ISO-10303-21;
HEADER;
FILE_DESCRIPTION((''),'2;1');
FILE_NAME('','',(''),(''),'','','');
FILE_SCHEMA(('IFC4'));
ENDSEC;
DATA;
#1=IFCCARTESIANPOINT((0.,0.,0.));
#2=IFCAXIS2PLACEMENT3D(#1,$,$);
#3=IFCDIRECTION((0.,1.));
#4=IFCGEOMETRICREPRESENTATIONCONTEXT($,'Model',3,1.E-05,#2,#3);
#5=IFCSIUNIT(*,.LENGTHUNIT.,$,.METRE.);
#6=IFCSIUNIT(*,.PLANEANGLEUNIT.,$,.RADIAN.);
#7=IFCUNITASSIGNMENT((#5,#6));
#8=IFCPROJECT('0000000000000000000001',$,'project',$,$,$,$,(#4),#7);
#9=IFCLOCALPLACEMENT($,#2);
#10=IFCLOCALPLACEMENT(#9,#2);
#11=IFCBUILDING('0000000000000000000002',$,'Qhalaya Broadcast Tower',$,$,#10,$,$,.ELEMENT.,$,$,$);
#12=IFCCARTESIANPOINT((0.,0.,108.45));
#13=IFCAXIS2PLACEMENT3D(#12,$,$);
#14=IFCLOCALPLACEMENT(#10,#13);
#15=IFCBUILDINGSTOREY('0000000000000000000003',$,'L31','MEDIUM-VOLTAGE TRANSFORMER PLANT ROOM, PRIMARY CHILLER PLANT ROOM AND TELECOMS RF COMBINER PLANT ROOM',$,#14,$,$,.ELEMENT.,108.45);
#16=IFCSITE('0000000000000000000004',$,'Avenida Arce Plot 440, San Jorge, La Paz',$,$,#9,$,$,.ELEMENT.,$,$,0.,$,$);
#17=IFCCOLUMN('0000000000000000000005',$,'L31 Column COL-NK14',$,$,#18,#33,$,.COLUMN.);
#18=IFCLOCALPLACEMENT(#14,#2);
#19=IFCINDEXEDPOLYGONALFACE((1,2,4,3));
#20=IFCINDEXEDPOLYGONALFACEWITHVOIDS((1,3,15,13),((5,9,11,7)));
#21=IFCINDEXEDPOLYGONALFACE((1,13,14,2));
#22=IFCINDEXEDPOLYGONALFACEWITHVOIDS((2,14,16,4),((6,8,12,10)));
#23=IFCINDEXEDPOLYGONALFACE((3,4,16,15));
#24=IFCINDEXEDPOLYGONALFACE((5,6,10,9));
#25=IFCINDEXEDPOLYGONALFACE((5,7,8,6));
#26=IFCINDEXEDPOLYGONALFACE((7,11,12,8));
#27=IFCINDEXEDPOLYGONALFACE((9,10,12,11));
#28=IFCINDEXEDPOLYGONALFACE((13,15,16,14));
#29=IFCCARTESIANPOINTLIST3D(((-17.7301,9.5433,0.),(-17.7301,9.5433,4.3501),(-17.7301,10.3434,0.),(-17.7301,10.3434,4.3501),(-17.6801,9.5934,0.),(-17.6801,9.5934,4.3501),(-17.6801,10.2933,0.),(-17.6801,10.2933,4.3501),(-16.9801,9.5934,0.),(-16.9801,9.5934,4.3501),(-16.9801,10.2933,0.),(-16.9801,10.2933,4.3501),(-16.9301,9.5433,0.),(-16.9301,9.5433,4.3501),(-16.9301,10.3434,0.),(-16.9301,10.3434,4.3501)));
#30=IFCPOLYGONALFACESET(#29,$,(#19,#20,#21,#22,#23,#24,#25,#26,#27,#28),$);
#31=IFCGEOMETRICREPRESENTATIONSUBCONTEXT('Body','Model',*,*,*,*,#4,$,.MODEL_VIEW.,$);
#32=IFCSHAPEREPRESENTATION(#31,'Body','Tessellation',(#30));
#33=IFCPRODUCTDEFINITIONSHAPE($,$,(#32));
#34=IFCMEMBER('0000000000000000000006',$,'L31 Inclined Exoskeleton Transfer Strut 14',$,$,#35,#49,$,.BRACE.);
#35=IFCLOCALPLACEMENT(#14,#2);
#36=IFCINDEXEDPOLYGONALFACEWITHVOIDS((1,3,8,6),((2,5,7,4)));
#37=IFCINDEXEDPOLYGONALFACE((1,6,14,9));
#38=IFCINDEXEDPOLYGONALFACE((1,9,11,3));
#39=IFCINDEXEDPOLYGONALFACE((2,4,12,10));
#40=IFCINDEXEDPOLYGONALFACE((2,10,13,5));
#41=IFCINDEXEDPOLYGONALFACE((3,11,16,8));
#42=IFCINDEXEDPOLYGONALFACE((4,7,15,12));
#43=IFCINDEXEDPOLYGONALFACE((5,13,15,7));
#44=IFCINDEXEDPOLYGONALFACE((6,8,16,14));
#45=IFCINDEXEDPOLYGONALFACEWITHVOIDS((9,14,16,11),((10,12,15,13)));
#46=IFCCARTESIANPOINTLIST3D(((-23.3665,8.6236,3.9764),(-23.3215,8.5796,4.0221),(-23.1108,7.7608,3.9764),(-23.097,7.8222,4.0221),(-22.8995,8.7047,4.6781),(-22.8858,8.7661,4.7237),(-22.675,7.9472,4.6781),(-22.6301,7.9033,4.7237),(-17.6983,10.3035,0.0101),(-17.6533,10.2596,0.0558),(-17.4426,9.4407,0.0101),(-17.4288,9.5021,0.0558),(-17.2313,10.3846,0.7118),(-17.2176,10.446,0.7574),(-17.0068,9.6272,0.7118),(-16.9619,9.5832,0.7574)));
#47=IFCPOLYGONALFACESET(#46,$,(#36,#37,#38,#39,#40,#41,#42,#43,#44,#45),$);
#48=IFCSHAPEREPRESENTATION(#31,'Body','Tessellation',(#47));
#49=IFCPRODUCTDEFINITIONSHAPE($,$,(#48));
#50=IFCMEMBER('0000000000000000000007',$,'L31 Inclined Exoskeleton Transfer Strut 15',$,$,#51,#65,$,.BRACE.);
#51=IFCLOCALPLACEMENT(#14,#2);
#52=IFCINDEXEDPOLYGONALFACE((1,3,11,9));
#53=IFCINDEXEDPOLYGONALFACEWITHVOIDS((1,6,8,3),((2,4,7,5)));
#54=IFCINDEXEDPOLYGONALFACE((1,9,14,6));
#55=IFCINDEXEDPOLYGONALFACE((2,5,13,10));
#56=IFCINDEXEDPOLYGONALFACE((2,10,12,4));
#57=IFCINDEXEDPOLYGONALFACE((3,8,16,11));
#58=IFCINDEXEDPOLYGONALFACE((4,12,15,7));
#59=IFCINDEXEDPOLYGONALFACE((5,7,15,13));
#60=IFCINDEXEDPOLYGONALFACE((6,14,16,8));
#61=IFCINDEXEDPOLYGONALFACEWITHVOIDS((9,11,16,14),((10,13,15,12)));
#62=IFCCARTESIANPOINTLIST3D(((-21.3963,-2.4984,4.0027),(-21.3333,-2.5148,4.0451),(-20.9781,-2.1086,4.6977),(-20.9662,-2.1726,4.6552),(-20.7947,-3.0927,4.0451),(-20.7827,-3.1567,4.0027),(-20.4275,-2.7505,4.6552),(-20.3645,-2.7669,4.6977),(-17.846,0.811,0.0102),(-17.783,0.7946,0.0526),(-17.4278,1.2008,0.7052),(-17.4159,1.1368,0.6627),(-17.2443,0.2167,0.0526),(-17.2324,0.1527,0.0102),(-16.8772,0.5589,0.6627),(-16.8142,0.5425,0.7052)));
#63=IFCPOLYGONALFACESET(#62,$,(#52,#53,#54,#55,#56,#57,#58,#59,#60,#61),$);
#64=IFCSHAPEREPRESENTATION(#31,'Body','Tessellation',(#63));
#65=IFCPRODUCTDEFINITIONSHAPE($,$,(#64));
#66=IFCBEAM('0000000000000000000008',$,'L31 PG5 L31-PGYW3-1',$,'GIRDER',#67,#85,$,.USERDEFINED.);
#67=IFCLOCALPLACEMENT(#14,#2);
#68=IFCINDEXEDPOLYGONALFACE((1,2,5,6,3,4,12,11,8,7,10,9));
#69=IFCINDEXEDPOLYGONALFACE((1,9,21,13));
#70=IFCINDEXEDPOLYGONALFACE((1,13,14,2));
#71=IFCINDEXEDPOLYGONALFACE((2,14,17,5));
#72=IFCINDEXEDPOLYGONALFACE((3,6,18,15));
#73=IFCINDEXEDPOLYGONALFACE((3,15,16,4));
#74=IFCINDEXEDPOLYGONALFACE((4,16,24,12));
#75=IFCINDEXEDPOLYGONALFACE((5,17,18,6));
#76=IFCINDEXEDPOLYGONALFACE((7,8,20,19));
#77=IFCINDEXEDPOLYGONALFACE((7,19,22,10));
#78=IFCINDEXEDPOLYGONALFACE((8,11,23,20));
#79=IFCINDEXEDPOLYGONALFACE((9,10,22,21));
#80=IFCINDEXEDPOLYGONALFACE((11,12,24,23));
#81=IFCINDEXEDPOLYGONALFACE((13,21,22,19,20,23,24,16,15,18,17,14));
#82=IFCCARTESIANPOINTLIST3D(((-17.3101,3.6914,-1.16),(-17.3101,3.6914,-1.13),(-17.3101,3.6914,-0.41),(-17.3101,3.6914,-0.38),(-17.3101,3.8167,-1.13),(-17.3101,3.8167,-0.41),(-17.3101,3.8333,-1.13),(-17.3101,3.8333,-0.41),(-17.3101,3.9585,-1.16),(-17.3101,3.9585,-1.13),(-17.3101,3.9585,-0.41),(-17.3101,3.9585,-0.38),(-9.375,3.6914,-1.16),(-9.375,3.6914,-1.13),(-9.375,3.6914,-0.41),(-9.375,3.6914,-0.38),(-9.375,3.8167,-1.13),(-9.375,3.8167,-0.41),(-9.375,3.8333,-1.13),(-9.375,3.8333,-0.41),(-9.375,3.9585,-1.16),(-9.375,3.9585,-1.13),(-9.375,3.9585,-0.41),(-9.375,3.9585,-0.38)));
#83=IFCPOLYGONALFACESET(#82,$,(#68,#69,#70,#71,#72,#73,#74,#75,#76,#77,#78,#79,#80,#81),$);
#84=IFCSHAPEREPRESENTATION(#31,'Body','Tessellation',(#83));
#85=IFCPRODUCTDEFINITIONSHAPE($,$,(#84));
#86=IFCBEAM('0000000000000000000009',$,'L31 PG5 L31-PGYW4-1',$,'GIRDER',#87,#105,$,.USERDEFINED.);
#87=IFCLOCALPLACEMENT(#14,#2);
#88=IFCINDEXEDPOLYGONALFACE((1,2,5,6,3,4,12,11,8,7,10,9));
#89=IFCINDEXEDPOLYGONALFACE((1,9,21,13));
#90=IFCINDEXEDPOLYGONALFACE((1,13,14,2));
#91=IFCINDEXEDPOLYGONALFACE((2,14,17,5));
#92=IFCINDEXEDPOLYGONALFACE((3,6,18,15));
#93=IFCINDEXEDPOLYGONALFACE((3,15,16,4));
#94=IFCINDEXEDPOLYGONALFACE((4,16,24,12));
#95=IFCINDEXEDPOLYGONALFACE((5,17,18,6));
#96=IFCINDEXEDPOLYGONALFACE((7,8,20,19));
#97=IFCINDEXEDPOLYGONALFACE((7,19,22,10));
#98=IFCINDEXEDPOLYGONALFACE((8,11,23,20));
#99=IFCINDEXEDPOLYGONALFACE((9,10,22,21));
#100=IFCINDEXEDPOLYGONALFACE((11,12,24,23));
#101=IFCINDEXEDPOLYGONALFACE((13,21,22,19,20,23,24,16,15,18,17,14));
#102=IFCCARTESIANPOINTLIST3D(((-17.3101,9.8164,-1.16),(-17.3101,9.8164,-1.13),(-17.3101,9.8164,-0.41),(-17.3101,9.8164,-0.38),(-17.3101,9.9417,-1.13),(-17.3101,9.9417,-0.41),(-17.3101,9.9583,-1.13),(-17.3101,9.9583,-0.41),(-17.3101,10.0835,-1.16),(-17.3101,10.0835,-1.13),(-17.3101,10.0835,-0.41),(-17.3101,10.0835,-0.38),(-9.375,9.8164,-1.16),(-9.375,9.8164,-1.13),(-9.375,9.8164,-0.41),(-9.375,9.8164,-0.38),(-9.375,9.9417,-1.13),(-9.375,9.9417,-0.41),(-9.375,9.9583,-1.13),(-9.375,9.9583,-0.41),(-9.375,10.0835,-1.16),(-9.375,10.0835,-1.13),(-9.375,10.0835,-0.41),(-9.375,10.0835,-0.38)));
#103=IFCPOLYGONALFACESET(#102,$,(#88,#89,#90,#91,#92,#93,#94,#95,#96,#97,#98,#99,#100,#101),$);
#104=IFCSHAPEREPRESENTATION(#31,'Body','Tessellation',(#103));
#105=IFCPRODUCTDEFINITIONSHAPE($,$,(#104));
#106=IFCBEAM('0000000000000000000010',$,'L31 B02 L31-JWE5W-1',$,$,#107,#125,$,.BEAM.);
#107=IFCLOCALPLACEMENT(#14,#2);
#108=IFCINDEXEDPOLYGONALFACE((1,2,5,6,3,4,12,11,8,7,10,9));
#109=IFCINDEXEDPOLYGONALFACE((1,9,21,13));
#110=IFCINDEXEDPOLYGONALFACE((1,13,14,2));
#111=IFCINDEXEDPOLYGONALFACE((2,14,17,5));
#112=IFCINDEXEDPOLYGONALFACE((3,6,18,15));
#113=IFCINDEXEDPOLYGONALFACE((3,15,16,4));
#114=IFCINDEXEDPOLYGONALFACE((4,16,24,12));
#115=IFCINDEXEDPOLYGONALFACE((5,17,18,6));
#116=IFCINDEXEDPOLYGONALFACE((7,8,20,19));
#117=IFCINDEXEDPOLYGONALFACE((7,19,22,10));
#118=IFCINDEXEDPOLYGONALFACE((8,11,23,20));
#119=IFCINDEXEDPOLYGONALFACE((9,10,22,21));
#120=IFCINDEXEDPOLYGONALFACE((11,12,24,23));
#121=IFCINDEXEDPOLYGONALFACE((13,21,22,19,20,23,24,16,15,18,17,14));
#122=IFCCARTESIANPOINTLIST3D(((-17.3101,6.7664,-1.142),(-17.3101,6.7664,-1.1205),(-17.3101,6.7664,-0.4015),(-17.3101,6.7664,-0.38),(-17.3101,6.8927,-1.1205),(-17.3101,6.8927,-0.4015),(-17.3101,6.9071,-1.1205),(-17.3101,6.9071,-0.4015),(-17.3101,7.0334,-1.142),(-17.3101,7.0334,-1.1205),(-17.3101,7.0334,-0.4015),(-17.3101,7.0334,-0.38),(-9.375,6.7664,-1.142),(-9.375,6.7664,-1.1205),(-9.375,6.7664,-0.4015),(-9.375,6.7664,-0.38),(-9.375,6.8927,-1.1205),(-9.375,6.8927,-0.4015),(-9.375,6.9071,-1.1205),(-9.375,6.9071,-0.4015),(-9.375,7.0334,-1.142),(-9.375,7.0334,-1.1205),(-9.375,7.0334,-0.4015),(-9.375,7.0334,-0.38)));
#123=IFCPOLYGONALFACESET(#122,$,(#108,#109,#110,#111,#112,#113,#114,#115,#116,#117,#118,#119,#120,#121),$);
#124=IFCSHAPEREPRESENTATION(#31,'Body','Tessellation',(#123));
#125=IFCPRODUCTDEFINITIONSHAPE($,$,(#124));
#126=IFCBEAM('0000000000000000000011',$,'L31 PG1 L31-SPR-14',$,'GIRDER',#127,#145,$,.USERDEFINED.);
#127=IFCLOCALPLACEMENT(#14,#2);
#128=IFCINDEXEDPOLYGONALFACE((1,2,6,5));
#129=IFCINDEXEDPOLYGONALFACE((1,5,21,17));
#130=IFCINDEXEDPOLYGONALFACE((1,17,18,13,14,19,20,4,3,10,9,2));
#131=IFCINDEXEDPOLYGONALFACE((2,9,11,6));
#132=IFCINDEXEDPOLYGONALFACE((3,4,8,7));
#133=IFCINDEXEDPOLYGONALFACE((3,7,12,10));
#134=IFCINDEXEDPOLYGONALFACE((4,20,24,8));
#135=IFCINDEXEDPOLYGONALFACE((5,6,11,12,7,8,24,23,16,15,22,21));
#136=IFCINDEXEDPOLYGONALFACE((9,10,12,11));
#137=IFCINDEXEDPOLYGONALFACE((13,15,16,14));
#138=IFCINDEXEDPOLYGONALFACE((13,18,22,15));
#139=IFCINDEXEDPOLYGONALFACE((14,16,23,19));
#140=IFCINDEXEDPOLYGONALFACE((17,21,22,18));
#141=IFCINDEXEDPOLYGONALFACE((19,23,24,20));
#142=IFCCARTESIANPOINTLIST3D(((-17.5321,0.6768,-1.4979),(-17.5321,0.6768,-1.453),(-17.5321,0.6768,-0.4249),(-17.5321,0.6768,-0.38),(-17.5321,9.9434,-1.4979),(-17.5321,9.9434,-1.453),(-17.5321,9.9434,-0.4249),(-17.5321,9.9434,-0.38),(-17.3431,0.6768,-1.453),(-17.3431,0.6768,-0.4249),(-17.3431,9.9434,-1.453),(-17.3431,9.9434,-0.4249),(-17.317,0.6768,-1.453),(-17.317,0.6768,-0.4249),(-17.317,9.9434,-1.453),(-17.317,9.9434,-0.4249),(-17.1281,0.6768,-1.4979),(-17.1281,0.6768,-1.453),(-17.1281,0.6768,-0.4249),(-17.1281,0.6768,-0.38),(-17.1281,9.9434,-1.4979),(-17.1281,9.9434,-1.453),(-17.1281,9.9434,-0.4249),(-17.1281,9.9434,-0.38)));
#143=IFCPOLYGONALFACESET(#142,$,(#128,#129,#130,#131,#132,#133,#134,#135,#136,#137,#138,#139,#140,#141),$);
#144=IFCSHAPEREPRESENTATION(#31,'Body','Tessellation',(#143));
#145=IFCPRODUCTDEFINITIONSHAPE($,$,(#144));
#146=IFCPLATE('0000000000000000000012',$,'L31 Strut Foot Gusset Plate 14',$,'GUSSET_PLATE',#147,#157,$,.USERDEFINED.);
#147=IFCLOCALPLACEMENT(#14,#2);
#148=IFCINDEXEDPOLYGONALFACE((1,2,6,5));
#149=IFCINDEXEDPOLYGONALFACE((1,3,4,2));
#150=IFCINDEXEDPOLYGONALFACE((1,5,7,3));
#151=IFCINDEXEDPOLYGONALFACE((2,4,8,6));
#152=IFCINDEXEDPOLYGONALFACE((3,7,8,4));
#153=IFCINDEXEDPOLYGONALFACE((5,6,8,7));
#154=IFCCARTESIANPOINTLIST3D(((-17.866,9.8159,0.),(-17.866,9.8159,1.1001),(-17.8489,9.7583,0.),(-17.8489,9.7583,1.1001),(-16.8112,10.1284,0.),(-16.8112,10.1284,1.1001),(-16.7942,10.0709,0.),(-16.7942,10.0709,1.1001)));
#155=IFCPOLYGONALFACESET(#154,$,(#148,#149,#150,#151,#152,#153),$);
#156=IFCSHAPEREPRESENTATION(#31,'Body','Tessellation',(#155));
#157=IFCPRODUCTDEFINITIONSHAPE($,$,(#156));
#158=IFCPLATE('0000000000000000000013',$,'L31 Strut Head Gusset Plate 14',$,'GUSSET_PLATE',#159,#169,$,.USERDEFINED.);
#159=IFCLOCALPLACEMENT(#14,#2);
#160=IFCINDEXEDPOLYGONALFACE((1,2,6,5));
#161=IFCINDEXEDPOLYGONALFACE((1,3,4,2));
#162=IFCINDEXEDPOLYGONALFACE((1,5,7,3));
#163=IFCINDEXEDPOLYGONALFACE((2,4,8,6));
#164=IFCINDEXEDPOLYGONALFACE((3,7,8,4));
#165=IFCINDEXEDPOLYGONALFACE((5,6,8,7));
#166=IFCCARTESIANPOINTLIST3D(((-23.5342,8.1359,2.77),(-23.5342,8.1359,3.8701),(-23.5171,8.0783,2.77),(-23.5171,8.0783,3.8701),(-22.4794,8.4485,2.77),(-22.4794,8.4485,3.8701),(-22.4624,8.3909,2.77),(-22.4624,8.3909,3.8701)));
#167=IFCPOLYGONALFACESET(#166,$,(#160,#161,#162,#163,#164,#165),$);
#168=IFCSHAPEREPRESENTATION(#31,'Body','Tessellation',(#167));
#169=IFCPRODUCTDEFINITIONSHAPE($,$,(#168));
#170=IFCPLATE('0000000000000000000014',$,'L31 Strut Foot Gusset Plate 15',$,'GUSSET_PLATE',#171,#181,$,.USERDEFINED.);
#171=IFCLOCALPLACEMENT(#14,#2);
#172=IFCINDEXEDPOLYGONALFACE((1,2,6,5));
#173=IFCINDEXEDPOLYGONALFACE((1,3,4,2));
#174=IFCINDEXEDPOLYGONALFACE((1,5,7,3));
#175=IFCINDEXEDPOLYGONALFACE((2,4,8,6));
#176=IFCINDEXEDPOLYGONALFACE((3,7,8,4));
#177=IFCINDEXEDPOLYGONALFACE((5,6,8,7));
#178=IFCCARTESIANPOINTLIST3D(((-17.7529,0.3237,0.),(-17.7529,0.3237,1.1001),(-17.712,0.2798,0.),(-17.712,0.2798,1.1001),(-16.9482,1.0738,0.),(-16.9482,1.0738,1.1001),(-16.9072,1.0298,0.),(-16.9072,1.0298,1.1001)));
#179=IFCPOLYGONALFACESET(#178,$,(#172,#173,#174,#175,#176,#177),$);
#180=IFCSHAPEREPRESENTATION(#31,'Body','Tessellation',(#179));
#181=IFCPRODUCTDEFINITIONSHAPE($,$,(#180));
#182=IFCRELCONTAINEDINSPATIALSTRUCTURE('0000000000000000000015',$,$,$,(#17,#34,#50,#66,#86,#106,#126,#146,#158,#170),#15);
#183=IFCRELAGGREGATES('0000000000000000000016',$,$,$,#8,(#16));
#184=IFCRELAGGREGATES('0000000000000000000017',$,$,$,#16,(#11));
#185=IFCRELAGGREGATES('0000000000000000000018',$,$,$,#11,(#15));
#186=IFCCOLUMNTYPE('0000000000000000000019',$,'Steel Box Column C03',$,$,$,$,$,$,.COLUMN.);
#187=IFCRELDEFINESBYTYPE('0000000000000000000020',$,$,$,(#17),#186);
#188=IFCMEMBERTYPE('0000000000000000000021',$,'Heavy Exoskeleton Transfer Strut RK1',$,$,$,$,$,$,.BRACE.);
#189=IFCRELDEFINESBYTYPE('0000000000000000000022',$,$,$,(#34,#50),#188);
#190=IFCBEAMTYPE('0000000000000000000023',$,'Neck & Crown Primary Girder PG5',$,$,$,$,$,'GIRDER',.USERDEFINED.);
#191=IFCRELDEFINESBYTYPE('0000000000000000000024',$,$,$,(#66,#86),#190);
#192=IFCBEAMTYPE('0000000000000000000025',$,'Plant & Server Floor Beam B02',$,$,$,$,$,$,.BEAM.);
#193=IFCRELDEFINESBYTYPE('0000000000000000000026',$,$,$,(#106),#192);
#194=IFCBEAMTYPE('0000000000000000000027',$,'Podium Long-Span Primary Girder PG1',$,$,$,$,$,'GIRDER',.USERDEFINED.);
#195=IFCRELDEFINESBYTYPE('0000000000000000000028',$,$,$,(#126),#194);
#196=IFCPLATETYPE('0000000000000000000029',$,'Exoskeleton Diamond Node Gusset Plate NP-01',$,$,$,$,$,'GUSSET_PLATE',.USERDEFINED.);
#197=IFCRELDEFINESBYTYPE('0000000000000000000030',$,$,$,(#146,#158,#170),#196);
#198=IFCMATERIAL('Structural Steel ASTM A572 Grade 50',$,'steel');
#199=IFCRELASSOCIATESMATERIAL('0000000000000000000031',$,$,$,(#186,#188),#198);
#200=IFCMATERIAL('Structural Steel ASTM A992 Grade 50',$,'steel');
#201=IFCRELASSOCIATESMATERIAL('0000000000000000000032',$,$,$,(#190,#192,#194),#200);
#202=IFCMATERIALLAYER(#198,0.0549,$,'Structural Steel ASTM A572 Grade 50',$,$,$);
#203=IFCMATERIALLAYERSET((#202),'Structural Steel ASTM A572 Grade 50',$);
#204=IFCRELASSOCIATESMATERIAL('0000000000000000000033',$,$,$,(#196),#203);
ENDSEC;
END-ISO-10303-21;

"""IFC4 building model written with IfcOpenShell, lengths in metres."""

from ifc_helpers import new_model, si_unit, direction, frame, origin, origin_2d, place, context, subcontext, project, spatial, rectangle, hollow_rectangle, i_section, extrude, material, layer, layer_set, material_profile, profile_set, type_object, element, save


model = new_model("IFC4")

# Units and contexts
model_context = context("Model", 3, precision=1e-05, world=origin(), true_north=direction((0.0, 1.0)))
body_context = subcontext(model_context, "Body", "Model", "MODEL_VIEW")
ifc_project = project(units=[si_unit("LENGTHUNIT", "METRE"), si_unit("PLANEANGLEUNIT", "RADIAN")], contexts=[model_context])

# Site, building, storey
site_placement = place(None, origin())
site = spatial("IfcSite", under=ifc_project, at=site_placement, Name="Avenida Arce Plot 440, San Jorge, La Paz", CompositionType="ELEMENT", RefElevation=0.0)
building_placement = place(site_placement, origin())
building = spatial("IfcBuilding", under=site, at=building_placement, Name="Qhalaya Broadcast Tower", CompositionType="ELEMENT")
storey_placement = place(building_placement, frame((0.0, 0.0, 108.45)))
storey = spatial("IfcBuildingStorey", under=building, at=storey_placement, Name="L31", Description="MEDIUM-VOLTAGE TRANSFORMER PLANT ROOM, PRIMARY CHILLER PLANT ROOM AND TELECOMS RF COMBINER PLANT ROOM", CompositionType="ELEMENT", Elevation=108.45)

# Column
ifc_material_1 = material(Name="Structural Steel ASTM A572 Grade 50", Category="steel")
ifc_material_profile_1 = material_profile(ifc_material_1, hollow_rectangle(XDim=0.8, YDim=0.8, WallThickness=0.05, at=origin_2d()), Name="BOX 800x800x50")
ifc_profile_set_1 = profile_set([ifc_material_profile_1], Name="Structural Steel ASTM A572 Grade 50")
column_type = type_object("IfcColumnType", Name="Steel Box Column C03", PredefinedType="COLUMN", material=ifc_profile_set_1)
column_placement = place(storey_placement, frame((-17.3301, 9.9434, 0.0), z_axis=(0.0, 0.0, 1.0), x_axis=(0.0, 1.0, 0.0)))
element("IfcColumn", 1, at=column_placement, inside=storey, type_object=column_type, Name="L31 Column COL-NK14", PredefinedType="COLUMN", context=body_context, shape_type="SweptSolid", body=[
    extrude(hollow_rectangle(XDim=0.8, YDim=0.8, WallThickness=0.05, at=origin_2d()), origin(), (0.0, 0.0, 1.0), 4.3501),
])

# Members
ifc_material_profile_2 = material_profile(ifc_material_1, hollow_rectangle(XDim=0.8999, YDim=0.8999, WallThickness=0.0549, at=origin_2d()), Name="BOX 900x900x55")
ifc_profile_set_2 = profile_set([ifc_material_profile_2], Name="Structural Steel ASTM A572 Grade 50")
member_type = type_object("IfcMemberType", Name="Heavy Exoskeleton Transfer Strut RK1", PredefinedType="BRACE", material=ifc_profile_set_2)
member_1_placement = place(storey_placement, frame((-17.3301, 9.9434, 0.3838), z_axis=(-0.796191, -0.235973, 0.557132), x_axis=(0.28416, -0.958777, 0.0)))
element("IfcMember", 2, at=member_1_placement, inside=storey, type_object=member_type, Name="L31 Inclined Exoskeleton Transfer Strut 14", PredefinedType="BRACE", context=body_context, shape_type="SweptSolid", body=[
    extrude(hollow_rectangle(XDim=0.8999, YDim=0.8999, WallThickness=0.0549, at=origin_2d()), origin(), (0.0, 0.0, 1.0), 7.1191),
])
member_2_placement = place(storey_placement, frame((-17.3301, 0.6768, 0.3577), z_axis=(-0.564923, -0.52658, 0.635276), x_axis=(0.681847, -0.731495, 0.0)))
element("IfcMember", 3, at=member_2_placement, inside=storey, type_object=member_type, Name="L31 Inclined Exoskeleton Transfer Strut 15", PredefinedType="BRACE", context=body_context, shape_type="SweptSolid", body=[
    extrude(hollow_rectangle(XDim=0.8999, YDim=0.8999, WallThickness=0.0549, at=origin_2d()), origin(), (0.0, 0.0, 1.0), 6.2847),
])

# Beams
ifc_material_2 = material(Name="Structural Steel ASTM A992 Grade 50", Category="steel")
ifc_material_profile_3 = material_profile(ifc_material_2, i_section(OverallWidth=0.2671, OverallDepth=0.78, WebThickness=0.0166, FlangeThickness=0.03, at=origin_2d()), Name="W30X148")
ifc_profile_set_3 = profile_set([ifc_material_profile_3], Name="Structural Steel ASTM A992 Grade 50")
beam_type_1 = type_object("IfcBeamType", Name="Neck & Crown Primary Girder PG5", ElementType="GIRDER", PredefinedType="USERDEFINED", material=ifc_profile_set_3)
for number, where, z_axis, x_axis, name in (
    (4, (-17.3101, 3.825, -0.77), (1.0, 0.0, 0.0), (0.0, 1.0, 0.0), "L31 PG5 L31-PGYW3-1"),
    (5, (-17.3101, 9.95, -0.77), (1.0, 0.0, 0.0), (0.0, 1.0, 0.0), "L31 PG5 L31-PGYW4-1"),
):
    element("IfcBeam", number, at=place(storey_placement, frame(where, z_axis=z_axis, x_axis=x_axis)), inside=storey, type_object=beam_type_1, Name=name, ObjectType="GIRDER", PredefinedType="USERDEFINED", context=body_context, shape_type="SweptSolid", body=[
        extrude(i_section(OverallWidth=0.2671, OverallDepth=0.78, WebThickness=0.0166, FlangeThickness=0.03, at=origin_2d()), origin(), (0.0, 0.0, 1.0), 7.9351),
    ])
ifc_material_profile_4 = material_profile(ifc_material_2, i_section(OverallWidth=0.2671, OverallDepth=0.762, WebThickness=0.0144, FlangeThickness=0.0215, at=origin_2d()), Name="W30X116")
ifc_profile_set_4 = profile_set([ifc_material_profile_4], Name="Structural Steel ASTM A992 Grade 50")
beam_type_2 = type_object("IfcBeamType", Name="Plant & Server Floor Beam B02", PredefinedType="BEAM", material=ifc_profile_set_4)
beam_1_placement = place(storey_placement, frame((-17.3101, 6.8999, -0.761), z_axis=(1.0, 0.0, 0.0), x_axis=(0.0, 1.0, 0.0)))
element("IfcBeam", 6, at=beam_1_placement, inside=storey, type_object=beam_type_2, Name="L31 B02 L31-JWE5W-1", PredefinedType="BEAM", context=body_context, shape_type="SweptSolid", body=[
    extrude(i_section(OverallWidth=0.2671, OverallDepth=0.762, WebThickness=0.0144, FlangeThickness=0.0215, at=origin_2d()), origin(), (0.0, 0.0, 1.0), 7.9351),
])
ifc_material_profile_5 = material_profile(ifc_material_2, i_section(OverallWidth=0.4041, OverallDepth=1.1179, WebThickness=0.0261, FlangeThickness=0.0449, at=origin_2d()), Name="W44X335")
ifc_profile_set_5 = profile_set([ifc_material_profile_5], Name="Structural Steel ASTM A992 Grade 50")
beam_type_3 = type_object("IfcBeamType", Name="Podium Long-Span Primary Girder PG1", ElementType="GIRDER", PredefinedType="USERDEFINED", material=ifc_profile_set_5)
beam_2_placement = place(storey_placement, frame((-17.3301, 9.9434, -0.939), z_axis=(0.0, -1.0, 0.0), x_axis=(1.0, 0.0, 0.0)))
element("IfcBeam", 7, at=beam_2_placement, inside=storey, type_object=beam_type_3, Name="L31 PG1 L31-SPR-14", ObjectType="GIRDER", PredefinedType="USERDEFINED", context=body_context, shape_type="SweptSolid", body=[
    extrude(i_section(OverallWidth=0.4041, OverallDepth=1.1179, WebThickness=0.0261, FlangeThickness=0.0449, at=origin_2d()), origin(), (0.0, 0.0, 1.0), 9.2666),
])

# Plates
ifc_layer_1 = layer(ifc_material_1, 0.0549, Name="Structural Steel ASTM A572 Grade 50")
ifc_layer_set_1 = layer_set([ifc_layer_1], Name="Structural Steel ASTM A572 Grade 50")
plate_type_1 = type_object("IfcPlateType", Name="Exoskeleton Diamond Node Gusset Plate NP-01", ElementType="GUSSET_PLATE", PredefinedType="USERDEFINED", material=ifc_layer_set_1)
for number, where, z_axis, x_axis, name in (
    (8, (-17.3301, 9.9434, 0.0), (0.0, 0.0, 1.0), (-0.95878, -0.284149, 0.0), "L31 Strut Foot Gusset Plate 14"),
    (9, (-22.9983, 8.2634, 2.77), (0.0, 0.0, 1.0), (-0.95878, -0.284149, 0.0), "L31 Strut Head Gusset Plate 14"),
    (10, (-17.3301, 0.6768, 0.0), (0.0, 0.0, 1.0), (-0.731508, -0.681832, 0.0), "L31 Strut Foot Gusset Plate 15"),
):
    element("IfcPlate", number, at=place(storey_placement, frame(where, z_axis=z_axis, x_axis=x_axis)), inside=storey, type_object=plate_type_1, Name=name, ObjectType="GUSSET_PLATE", PredefinedType="USERDEFINED", context=body_context, shape_type="SweptSolid", body=[
        extrude(rectangle(XDim=1.1001, YDim=0.0601, at=origin_2d()), origin(), (0.0, 0.0, 1.0), 1.1001),
    ])

save(model, "model.ifc")
